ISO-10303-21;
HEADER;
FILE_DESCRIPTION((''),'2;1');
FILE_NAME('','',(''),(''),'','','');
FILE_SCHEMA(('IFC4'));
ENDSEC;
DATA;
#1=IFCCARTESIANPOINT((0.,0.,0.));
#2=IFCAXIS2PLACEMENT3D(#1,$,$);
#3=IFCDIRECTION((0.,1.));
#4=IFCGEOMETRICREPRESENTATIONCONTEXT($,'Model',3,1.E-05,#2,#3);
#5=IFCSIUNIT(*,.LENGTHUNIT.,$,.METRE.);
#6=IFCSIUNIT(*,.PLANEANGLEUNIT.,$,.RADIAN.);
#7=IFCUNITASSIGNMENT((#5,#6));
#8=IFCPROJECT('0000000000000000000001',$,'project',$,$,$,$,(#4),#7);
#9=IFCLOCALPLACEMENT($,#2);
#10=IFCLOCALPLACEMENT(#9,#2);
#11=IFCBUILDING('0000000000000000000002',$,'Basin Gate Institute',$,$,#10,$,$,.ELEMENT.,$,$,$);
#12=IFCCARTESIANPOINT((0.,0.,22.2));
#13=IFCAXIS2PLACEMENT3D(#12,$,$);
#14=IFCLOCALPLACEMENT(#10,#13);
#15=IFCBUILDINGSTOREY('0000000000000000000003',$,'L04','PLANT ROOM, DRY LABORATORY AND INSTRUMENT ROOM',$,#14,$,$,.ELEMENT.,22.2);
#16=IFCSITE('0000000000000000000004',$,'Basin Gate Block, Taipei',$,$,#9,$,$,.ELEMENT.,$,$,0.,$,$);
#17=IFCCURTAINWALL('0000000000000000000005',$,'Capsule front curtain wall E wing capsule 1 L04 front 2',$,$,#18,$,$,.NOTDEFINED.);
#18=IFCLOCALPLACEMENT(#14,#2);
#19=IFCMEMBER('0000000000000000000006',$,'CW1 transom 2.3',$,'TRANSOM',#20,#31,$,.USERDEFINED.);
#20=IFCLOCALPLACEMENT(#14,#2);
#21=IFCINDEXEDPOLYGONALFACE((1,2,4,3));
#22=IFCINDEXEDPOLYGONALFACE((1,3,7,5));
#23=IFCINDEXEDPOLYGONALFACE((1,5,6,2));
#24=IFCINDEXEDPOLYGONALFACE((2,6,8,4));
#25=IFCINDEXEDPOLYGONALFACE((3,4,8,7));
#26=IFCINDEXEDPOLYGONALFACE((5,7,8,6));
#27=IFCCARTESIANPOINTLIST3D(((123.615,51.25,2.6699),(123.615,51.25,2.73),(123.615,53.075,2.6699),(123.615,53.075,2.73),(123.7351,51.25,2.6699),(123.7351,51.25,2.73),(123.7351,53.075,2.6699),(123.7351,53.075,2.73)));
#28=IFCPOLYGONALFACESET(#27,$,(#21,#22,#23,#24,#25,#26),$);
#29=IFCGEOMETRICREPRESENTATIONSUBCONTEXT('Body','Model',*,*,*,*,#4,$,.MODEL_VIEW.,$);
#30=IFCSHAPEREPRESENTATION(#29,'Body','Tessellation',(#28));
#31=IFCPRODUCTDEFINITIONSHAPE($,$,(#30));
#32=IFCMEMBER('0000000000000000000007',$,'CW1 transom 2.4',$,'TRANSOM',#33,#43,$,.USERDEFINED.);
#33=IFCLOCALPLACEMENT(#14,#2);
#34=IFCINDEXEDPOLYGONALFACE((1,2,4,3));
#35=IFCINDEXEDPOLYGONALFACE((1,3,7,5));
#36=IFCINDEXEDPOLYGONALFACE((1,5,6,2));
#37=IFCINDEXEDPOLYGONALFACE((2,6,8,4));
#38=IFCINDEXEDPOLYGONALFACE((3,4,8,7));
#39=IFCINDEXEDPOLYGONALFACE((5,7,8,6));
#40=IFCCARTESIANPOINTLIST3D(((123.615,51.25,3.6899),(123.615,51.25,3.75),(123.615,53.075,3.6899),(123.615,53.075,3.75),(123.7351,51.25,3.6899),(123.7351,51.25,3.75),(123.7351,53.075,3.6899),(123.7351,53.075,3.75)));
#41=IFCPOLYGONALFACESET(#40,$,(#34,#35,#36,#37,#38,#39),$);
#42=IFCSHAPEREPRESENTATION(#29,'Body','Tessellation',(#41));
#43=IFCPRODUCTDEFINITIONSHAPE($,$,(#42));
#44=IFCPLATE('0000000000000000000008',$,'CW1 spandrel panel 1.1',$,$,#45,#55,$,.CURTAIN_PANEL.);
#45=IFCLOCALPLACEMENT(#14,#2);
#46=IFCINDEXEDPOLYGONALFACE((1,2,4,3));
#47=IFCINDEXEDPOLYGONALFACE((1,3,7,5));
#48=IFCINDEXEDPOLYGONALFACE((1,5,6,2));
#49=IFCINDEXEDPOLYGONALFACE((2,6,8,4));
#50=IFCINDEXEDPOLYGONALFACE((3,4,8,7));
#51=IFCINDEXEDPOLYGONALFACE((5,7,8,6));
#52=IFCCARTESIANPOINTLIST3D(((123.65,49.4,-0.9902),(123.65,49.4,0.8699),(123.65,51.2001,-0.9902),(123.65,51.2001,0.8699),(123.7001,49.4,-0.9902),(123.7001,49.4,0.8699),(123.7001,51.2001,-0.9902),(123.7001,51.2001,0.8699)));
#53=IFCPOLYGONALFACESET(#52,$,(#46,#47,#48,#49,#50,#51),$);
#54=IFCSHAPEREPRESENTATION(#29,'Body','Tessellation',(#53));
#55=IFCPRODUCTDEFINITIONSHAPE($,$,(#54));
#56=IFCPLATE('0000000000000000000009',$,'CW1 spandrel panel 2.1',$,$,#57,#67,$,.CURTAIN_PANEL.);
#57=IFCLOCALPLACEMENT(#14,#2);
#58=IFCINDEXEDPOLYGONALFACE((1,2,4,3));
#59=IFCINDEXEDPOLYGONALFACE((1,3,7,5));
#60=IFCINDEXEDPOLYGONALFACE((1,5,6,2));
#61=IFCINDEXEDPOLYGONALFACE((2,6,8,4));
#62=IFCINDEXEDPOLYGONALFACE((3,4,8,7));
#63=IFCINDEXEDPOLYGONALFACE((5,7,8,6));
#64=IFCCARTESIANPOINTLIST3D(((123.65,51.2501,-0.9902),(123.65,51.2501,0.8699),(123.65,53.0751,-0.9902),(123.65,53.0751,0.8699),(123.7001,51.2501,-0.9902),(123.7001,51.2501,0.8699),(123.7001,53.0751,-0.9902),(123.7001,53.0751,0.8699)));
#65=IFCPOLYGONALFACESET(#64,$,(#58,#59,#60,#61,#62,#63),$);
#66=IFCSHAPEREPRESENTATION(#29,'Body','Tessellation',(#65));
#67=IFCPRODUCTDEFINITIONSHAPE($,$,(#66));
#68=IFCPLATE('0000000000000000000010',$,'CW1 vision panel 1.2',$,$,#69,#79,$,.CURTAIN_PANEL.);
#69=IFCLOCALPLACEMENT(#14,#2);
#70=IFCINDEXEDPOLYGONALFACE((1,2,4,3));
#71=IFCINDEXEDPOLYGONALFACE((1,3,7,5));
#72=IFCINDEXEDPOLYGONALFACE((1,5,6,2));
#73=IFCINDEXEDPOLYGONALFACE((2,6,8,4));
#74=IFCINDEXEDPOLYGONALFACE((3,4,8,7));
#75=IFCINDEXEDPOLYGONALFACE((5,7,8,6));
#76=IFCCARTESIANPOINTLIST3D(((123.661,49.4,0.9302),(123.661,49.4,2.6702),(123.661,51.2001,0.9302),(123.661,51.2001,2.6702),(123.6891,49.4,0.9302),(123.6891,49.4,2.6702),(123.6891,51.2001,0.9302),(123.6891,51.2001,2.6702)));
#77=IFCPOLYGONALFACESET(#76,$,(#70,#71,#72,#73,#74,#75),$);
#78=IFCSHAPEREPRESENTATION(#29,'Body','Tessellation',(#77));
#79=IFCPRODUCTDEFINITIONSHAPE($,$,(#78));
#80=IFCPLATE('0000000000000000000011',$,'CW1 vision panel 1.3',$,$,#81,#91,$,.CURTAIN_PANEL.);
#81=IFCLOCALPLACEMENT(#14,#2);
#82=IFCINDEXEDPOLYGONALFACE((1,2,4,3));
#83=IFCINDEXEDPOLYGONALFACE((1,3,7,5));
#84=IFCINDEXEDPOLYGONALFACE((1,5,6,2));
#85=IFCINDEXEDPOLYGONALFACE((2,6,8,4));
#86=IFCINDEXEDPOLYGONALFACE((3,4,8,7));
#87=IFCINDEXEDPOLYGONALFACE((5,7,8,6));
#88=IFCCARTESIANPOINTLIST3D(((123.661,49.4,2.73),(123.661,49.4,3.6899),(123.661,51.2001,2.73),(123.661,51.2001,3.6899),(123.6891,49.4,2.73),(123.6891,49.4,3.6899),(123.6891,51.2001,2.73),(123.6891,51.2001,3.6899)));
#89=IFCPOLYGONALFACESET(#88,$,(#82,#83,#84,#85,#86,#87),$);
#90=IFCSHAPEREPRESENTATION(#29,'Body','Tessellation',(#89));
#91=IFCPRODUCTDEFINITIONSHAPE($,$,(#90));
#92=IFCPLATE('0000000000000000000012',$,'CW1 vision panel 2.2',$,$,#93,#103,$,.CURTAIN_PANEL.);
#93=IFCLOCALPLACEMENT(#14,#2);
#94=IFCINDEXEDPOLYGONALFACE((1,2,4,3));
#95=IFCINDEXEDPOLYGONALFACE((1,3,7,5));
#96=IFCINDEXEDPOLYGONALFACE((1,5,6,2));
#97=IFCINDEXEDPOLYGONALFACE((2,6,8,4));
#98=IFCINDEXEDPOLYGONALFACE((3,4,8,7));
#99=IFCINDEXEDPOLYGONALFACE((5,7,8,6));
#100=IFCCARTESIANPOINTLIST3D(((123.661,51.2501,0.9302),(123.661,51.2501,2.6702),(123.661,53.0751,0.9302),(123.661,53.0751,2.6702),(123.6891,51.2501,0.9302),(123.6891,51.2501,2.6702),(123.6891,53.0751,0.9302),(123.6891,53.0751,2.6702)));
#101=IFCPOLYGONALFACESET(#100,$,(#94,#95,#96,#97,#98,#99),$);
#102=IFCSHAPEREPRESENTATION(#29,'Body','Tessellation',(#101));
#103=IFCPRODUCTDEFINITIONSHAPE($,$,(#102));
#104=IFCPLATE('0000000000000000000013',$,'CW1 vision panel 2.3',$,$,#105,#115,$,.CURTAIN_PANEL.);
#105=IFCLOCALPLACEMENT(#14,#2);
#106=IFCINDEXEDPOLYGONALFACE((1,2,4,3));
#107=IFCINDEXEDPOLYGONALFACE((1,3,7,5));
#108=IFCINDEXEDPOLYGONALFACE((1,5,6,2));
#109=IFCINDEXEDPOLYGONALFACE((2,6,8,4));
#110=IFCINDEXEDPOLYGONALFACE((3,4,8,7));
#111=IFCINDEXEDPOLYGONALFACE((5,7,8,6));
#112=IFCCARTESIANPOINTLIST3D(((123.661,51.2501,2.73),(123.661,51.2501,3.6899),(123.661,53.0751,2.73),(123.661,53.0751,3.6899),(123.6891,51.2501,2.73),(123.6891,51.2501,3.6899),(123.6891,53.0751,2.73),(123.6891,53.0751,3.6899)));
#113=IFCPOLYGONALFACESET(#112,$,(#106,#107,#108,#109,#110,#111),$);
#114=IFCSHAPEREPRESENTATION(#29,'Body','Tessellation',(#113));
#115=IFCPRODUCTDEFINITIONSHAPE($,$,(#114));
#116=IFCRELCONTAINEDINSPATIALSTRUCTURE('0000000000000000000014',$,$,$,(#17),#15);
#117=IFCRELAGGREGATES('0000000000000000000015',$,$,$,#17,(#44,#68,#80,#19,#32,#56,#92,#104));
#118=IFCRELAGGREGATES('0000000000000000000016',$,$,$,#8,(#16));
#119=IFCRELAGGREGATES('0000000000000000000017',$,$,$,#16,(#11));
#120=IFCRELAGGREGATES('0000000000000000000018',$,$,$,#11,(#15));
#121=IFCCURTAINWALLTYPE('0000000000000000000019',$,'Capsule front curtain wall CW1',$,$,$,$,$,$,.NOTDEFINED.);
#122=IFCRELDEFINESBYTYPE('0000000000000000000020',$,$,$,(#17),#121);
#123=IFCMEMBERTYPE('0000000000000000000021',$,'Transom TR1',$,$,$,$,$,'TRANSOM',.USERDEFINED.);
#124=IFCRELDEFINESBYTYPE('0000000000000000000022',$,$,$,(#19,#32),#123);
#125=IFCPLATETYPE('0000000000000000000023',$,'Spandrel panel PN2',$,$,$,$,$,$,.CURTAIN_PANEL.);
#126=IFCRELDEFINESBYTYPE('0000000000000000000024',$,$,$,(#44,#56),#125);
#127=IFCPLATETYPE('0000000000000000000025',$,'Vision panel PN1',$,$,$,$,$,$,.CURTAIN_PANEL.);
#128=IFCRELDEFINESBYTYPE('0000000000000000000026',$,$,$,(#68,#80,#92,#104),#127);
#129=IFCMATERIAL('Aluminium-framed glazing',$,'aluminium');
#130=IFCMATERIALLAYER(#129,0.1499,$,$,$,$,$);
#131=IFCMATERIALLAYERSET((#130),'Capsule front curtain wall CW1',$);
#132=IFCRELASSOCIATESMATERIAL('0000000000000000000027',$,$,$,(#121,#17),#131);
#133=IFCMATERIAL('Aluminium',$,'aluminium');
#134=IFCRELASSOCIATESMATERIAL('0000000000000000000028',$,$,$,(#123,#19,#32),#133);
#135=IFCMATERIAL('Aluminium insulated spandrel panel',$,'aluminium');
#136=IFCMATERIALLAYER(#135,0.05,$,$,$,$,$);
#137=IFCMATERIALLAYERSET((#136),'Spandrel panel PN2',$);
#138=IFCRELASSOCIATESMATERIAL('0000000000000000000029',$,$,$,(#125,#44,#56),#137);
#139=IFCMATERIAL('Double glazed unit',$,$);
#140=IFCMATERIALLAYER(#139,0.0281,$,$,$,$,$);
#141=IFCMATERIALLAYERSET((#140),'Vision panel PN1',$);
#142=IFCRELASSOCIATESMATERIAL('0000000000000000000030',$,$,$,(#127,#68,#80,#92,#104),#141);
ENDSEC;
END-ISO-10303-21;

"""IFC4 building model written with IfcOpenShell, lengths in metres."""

from ifc_helpers import new_model, si_unit, direction, frame, origin, origin_2d, place, context, subcontext, project, spatial, rectangle, extrude, material, layer, layer_set, material_profile, profile_set, type_object, element, aggregate, save


model = new_model("IFC4")

# Units and contexts
model_context = context("Model", 3, precision=1e-05, world=origin(), true_north=direction((0.0, 1.0)))
body_context = subcontext(model_context, "Body", "Model", "MODEL_VIEW")
ifc_project = project(units=[si_unit("LENGTHUNIT", "METRE"), si_unit("PLANEANGLEUNIT", "RADIAN")], contexts=[model_context])

# Site, building, storey
site_placement = place(None, origin())
site = spatial("IfcSite", under=ifc_project, at=site_placement, Name="Basin Gate Block, Taipei", CompositionType="ELEMENT", RefElevation=0.0)
building_placement = place(site_placement, origin())
building = spatial("IfcBuilding", under=site, at=building_placement, Name="Basin Gate Institute", CompositionType="ELEMENT")
storey_placement = place(building_placement, frame((0.0, 0.0, 22.2)))
storey = spatial("IfcBuildingStorey", under=building, at=storey_placement, Name="L04", Description="PLANT ROOM, DRY LABORATORY AND INSTRUMENT ROOM", CompositionType="ELEMENT", Elevation=22.2)

# Shared definitions
ifc_material_1 = material(Name="Aluminium-framed glazing", Category="aluminium")
ifc_layer_1 = layer(ifc_material_1, 0.1499)
ifc_layer_set_1 = layer_set([ifc_layer_1], Name="Capsule front curtain wall CW1")
curtain_wall_type = type_object("IfcCurtainWallType", Name="Capsule front curtain wall CW1", PredefinedType="NOTDEFINED", material=ifc_layer_set_1)

# Curtain wall
curtain_wall_1_placement = place(storey_placement, origin())
curtain_wall_1 = element("IfcCurtainWall", 1, at=curtain_wall_1_placement, inside=storey, type_object=curtain_wall_type, material=ifc_layer_set_1, Name="Capsule front curtain wall E wing capsule 1 L04 front 2", PredefinedType="NOTDEFINED")

# Members
ifc_material_2 = material(Name="Aluminium", Category="aluminium")
ifc_material_profile_1 = material_profile(ifc_material_2, rectangle(XDim=0.1201, YDim=0.0601, at=origin_2d()), Name="Transom TR1 120 x 60")
ifc_profile_set_1 = profile_set([ifc_material_profile_1], Name="Aluminium")
member_type_1 = type_object("IfcMemberType", Name="Transom TR1", ElementType="TRANSOM", PredefinedType="USERDEFINED", material=ifc_profile_set_1)
member_1_placement = place(storey_placement, frame((123.675, 51.25, 2.7), z_axis=(0.0, 1.0, 0.0), x_axis=(-1.0, 0.0, 0.0)))
member_1 = element("IfcMember", 2, at=member_1_placement, type_object=member_type_1, material=ifc_profile_set_1, Name="CW1 transom 2.3", ObjectType="TRANSOM", PredefinedType="USERDEFINED", context=body_context, shape_type="SweptSolid", body=[
    extrude(rectangle(XDim=0.1201, YDim=0.0601, at=origin_2d()), origin(), (0.0, 0.0, 1.0), 1.825),
])
member_2_placement = place(storey_placement, frame((123.675, 51.25, 3.72), z_axis=(0.0, 1.0, 0.0), x_axis=(-1.0, 0.0, 0.0)))
member_2 = element("IfcMember", 3, at=member_2_placement, type_object=member_type_1, material=ifc_profile_set_1, Name="CW1 transom 2.4", ObjectType="TRANSOM", PredefinedType="USERDEFINED", context=body_context, shape_type="SweptSolid", body=[
    extrude(rectangle(XDim=0.1201, YDim=0.0601, at=origin_2d()), origin(), (0.0, 0.0, 1.0), 1.825),
])

# Plates
ifc_material_3 = material(Name="Aluminium insulated spandrel panel", Category="aluminium")
ifc_layer_2 = layer(ifc_material_3, 0.05)
ifc_layer_set_2 = layer_set([ifc_layer_2], Name="Spandrel panel PN2")
plate_type_1 = type_object("IfcPlateType", Name="Spandrel panel PN2", PredefinedType="CURTAIN_PANEL", material=ifc_layer_set_2)
plate_1_placement = place(storey_placement, frame((123.675, 50.3, -0.9902), z_axis=(0.0, 0.0, 1.0), x_axis=(0.0, 1.0, 0.0)))
plate_1 = element("IfcPlate", 4, at=plate_1_placement, type_object=plate_type_1, material=ifc_layer_set_2, Name="CW1 spandrel panel 1.1", PredefinedType="CURTAIN_PANEL", context=body_context, shape_type="SweptSolid", body=[
    extrude(rectangle(XDim=1.8, YDim=0.05, at=origin_2d()), origin(), (0.0, 0.0, 1.0), 1.8601),
])
plate_2_placement = place(storey_placement, frame((123.675, 52.1626, -0.9902), z_axis=(0.0, 0.0, 1.0), x_axis=(0.0, 1.0, 0.0)))
plate_2 = element("IfcPlate", 5, at=plate_2_placement, type_object=plate_type_1, material=ifc_layer_set_2, Name="CW1 spandrel panel 2.1", PredefinedType="CURTAIN_PANEL", context=body_context, shape_type="SweptSolid", body=[
    extrude(rectangle(XDim=1.825, YDim=0.05, at=origin_2d()), origin(), (0.0, 0.0, 1.0), 1.8601),
])
ifc_material_4 = material(Name="Double glazed unit")
ifc_layer_3 = layer(ifc_material_4, 0.0281)
ifc_layer_set_3 = layer_set([ifc_layer_3], Name="Vision panel PN1")
plate_type_2 = type_object("IfcPlateType", Name="Vision panel PN1", PredefinedType="CURTAIN_PANEL", material=ifc_layer_set_3)
plate_3_placement = place(storey_placement, frame((123.675, 50.3, 0.9302), z_axis=(0.0, 0.0, 1.0), x_axis=(0.0, 1.0, 0.0)))
plate_3 = element("IfcPlate", 6, at=plate_3_placement, type_object=plate_type_2, material=ifc_layer_set_3, Name="CW1 vision panel 1.2", PredefinedType="CURTAIN_PANEL", context=body_context, shape_type="SweptSolid", body=[
    extrude(rectangle(XDim=1.8, YDim=0.0281, at=origin_2d()), origin(), (0.0, 0.0, 1.0), 1.74),
])
plate_4_placement = place(storey_placement, frame((123.675, 50.3, 2.73), z_axis=(0.0, 0.0, 1.0), x_axis=(0.0, 1.0, 0.0)))
plate_4 = element("IfcPlate", 7, at=plate_4_placement, type_object=plate_type_2, material=ifc_layer_set_3, Name="CW1 vision panel 1.3", PredefinedType="CURTAIN_PANEL", context=body_context, shape_type="SweptSolid", body=[
    extrude(rectangle(XDim=1.8, YDim=0.0281, at=origin_2d()), origin(), (0.0, 0.0, 1.0), 0.96),
])
plate_5_placement = place(storey_placement, frame((123.675, 52.1626, 0.9302), z_axis=(0.0, 0.0, 1.0), x_axis=(0.0, 1.0, 0.0)))
plate_5 = element("IfcPlate", 8, at=plate_5_placement, type_object=plate_type_2, material=ifc_layer_set_3, Name="CW1 vision panel 2.2", PredefinedType="CURTAIN_PANEL", context=body_context, shape_type="SweptSolid", body=[
    extrude(rectangle(XDim=1.825, YDim=0.0281, at=origin_2d()), origin(), (0.0, 0.0, 1.0), 1.74),
])
plate_6_placement = place(storey_placement, frame((123.675, 52.1626, 2.73), z_axis=(0.0, 0.0, 1.0), x_axis=(0.0, 1.0, 0.0)))
plate_6 = element("IfcPlate", 9, at=plate_6_placement, type_object=plate_type_2, material=ifc_layer_set_3, Name="CW1 vision panel 2.3", PredefinedType="CURTAIN_PANEL", context=body_context, shape_type="SweptSolid", body=[
    extrude(rectangle(XDim=1.825, YDim=0.0281, at=origin_2d()), origin(), (0.0, 0.0, 1.0), 0.96),
])
aggregate(curtain_wall_1, [plate_1, plate_3, plate_4, member_1, member_2, plate_2, plate_5, plate_6])

save(model, "model.ifc")
